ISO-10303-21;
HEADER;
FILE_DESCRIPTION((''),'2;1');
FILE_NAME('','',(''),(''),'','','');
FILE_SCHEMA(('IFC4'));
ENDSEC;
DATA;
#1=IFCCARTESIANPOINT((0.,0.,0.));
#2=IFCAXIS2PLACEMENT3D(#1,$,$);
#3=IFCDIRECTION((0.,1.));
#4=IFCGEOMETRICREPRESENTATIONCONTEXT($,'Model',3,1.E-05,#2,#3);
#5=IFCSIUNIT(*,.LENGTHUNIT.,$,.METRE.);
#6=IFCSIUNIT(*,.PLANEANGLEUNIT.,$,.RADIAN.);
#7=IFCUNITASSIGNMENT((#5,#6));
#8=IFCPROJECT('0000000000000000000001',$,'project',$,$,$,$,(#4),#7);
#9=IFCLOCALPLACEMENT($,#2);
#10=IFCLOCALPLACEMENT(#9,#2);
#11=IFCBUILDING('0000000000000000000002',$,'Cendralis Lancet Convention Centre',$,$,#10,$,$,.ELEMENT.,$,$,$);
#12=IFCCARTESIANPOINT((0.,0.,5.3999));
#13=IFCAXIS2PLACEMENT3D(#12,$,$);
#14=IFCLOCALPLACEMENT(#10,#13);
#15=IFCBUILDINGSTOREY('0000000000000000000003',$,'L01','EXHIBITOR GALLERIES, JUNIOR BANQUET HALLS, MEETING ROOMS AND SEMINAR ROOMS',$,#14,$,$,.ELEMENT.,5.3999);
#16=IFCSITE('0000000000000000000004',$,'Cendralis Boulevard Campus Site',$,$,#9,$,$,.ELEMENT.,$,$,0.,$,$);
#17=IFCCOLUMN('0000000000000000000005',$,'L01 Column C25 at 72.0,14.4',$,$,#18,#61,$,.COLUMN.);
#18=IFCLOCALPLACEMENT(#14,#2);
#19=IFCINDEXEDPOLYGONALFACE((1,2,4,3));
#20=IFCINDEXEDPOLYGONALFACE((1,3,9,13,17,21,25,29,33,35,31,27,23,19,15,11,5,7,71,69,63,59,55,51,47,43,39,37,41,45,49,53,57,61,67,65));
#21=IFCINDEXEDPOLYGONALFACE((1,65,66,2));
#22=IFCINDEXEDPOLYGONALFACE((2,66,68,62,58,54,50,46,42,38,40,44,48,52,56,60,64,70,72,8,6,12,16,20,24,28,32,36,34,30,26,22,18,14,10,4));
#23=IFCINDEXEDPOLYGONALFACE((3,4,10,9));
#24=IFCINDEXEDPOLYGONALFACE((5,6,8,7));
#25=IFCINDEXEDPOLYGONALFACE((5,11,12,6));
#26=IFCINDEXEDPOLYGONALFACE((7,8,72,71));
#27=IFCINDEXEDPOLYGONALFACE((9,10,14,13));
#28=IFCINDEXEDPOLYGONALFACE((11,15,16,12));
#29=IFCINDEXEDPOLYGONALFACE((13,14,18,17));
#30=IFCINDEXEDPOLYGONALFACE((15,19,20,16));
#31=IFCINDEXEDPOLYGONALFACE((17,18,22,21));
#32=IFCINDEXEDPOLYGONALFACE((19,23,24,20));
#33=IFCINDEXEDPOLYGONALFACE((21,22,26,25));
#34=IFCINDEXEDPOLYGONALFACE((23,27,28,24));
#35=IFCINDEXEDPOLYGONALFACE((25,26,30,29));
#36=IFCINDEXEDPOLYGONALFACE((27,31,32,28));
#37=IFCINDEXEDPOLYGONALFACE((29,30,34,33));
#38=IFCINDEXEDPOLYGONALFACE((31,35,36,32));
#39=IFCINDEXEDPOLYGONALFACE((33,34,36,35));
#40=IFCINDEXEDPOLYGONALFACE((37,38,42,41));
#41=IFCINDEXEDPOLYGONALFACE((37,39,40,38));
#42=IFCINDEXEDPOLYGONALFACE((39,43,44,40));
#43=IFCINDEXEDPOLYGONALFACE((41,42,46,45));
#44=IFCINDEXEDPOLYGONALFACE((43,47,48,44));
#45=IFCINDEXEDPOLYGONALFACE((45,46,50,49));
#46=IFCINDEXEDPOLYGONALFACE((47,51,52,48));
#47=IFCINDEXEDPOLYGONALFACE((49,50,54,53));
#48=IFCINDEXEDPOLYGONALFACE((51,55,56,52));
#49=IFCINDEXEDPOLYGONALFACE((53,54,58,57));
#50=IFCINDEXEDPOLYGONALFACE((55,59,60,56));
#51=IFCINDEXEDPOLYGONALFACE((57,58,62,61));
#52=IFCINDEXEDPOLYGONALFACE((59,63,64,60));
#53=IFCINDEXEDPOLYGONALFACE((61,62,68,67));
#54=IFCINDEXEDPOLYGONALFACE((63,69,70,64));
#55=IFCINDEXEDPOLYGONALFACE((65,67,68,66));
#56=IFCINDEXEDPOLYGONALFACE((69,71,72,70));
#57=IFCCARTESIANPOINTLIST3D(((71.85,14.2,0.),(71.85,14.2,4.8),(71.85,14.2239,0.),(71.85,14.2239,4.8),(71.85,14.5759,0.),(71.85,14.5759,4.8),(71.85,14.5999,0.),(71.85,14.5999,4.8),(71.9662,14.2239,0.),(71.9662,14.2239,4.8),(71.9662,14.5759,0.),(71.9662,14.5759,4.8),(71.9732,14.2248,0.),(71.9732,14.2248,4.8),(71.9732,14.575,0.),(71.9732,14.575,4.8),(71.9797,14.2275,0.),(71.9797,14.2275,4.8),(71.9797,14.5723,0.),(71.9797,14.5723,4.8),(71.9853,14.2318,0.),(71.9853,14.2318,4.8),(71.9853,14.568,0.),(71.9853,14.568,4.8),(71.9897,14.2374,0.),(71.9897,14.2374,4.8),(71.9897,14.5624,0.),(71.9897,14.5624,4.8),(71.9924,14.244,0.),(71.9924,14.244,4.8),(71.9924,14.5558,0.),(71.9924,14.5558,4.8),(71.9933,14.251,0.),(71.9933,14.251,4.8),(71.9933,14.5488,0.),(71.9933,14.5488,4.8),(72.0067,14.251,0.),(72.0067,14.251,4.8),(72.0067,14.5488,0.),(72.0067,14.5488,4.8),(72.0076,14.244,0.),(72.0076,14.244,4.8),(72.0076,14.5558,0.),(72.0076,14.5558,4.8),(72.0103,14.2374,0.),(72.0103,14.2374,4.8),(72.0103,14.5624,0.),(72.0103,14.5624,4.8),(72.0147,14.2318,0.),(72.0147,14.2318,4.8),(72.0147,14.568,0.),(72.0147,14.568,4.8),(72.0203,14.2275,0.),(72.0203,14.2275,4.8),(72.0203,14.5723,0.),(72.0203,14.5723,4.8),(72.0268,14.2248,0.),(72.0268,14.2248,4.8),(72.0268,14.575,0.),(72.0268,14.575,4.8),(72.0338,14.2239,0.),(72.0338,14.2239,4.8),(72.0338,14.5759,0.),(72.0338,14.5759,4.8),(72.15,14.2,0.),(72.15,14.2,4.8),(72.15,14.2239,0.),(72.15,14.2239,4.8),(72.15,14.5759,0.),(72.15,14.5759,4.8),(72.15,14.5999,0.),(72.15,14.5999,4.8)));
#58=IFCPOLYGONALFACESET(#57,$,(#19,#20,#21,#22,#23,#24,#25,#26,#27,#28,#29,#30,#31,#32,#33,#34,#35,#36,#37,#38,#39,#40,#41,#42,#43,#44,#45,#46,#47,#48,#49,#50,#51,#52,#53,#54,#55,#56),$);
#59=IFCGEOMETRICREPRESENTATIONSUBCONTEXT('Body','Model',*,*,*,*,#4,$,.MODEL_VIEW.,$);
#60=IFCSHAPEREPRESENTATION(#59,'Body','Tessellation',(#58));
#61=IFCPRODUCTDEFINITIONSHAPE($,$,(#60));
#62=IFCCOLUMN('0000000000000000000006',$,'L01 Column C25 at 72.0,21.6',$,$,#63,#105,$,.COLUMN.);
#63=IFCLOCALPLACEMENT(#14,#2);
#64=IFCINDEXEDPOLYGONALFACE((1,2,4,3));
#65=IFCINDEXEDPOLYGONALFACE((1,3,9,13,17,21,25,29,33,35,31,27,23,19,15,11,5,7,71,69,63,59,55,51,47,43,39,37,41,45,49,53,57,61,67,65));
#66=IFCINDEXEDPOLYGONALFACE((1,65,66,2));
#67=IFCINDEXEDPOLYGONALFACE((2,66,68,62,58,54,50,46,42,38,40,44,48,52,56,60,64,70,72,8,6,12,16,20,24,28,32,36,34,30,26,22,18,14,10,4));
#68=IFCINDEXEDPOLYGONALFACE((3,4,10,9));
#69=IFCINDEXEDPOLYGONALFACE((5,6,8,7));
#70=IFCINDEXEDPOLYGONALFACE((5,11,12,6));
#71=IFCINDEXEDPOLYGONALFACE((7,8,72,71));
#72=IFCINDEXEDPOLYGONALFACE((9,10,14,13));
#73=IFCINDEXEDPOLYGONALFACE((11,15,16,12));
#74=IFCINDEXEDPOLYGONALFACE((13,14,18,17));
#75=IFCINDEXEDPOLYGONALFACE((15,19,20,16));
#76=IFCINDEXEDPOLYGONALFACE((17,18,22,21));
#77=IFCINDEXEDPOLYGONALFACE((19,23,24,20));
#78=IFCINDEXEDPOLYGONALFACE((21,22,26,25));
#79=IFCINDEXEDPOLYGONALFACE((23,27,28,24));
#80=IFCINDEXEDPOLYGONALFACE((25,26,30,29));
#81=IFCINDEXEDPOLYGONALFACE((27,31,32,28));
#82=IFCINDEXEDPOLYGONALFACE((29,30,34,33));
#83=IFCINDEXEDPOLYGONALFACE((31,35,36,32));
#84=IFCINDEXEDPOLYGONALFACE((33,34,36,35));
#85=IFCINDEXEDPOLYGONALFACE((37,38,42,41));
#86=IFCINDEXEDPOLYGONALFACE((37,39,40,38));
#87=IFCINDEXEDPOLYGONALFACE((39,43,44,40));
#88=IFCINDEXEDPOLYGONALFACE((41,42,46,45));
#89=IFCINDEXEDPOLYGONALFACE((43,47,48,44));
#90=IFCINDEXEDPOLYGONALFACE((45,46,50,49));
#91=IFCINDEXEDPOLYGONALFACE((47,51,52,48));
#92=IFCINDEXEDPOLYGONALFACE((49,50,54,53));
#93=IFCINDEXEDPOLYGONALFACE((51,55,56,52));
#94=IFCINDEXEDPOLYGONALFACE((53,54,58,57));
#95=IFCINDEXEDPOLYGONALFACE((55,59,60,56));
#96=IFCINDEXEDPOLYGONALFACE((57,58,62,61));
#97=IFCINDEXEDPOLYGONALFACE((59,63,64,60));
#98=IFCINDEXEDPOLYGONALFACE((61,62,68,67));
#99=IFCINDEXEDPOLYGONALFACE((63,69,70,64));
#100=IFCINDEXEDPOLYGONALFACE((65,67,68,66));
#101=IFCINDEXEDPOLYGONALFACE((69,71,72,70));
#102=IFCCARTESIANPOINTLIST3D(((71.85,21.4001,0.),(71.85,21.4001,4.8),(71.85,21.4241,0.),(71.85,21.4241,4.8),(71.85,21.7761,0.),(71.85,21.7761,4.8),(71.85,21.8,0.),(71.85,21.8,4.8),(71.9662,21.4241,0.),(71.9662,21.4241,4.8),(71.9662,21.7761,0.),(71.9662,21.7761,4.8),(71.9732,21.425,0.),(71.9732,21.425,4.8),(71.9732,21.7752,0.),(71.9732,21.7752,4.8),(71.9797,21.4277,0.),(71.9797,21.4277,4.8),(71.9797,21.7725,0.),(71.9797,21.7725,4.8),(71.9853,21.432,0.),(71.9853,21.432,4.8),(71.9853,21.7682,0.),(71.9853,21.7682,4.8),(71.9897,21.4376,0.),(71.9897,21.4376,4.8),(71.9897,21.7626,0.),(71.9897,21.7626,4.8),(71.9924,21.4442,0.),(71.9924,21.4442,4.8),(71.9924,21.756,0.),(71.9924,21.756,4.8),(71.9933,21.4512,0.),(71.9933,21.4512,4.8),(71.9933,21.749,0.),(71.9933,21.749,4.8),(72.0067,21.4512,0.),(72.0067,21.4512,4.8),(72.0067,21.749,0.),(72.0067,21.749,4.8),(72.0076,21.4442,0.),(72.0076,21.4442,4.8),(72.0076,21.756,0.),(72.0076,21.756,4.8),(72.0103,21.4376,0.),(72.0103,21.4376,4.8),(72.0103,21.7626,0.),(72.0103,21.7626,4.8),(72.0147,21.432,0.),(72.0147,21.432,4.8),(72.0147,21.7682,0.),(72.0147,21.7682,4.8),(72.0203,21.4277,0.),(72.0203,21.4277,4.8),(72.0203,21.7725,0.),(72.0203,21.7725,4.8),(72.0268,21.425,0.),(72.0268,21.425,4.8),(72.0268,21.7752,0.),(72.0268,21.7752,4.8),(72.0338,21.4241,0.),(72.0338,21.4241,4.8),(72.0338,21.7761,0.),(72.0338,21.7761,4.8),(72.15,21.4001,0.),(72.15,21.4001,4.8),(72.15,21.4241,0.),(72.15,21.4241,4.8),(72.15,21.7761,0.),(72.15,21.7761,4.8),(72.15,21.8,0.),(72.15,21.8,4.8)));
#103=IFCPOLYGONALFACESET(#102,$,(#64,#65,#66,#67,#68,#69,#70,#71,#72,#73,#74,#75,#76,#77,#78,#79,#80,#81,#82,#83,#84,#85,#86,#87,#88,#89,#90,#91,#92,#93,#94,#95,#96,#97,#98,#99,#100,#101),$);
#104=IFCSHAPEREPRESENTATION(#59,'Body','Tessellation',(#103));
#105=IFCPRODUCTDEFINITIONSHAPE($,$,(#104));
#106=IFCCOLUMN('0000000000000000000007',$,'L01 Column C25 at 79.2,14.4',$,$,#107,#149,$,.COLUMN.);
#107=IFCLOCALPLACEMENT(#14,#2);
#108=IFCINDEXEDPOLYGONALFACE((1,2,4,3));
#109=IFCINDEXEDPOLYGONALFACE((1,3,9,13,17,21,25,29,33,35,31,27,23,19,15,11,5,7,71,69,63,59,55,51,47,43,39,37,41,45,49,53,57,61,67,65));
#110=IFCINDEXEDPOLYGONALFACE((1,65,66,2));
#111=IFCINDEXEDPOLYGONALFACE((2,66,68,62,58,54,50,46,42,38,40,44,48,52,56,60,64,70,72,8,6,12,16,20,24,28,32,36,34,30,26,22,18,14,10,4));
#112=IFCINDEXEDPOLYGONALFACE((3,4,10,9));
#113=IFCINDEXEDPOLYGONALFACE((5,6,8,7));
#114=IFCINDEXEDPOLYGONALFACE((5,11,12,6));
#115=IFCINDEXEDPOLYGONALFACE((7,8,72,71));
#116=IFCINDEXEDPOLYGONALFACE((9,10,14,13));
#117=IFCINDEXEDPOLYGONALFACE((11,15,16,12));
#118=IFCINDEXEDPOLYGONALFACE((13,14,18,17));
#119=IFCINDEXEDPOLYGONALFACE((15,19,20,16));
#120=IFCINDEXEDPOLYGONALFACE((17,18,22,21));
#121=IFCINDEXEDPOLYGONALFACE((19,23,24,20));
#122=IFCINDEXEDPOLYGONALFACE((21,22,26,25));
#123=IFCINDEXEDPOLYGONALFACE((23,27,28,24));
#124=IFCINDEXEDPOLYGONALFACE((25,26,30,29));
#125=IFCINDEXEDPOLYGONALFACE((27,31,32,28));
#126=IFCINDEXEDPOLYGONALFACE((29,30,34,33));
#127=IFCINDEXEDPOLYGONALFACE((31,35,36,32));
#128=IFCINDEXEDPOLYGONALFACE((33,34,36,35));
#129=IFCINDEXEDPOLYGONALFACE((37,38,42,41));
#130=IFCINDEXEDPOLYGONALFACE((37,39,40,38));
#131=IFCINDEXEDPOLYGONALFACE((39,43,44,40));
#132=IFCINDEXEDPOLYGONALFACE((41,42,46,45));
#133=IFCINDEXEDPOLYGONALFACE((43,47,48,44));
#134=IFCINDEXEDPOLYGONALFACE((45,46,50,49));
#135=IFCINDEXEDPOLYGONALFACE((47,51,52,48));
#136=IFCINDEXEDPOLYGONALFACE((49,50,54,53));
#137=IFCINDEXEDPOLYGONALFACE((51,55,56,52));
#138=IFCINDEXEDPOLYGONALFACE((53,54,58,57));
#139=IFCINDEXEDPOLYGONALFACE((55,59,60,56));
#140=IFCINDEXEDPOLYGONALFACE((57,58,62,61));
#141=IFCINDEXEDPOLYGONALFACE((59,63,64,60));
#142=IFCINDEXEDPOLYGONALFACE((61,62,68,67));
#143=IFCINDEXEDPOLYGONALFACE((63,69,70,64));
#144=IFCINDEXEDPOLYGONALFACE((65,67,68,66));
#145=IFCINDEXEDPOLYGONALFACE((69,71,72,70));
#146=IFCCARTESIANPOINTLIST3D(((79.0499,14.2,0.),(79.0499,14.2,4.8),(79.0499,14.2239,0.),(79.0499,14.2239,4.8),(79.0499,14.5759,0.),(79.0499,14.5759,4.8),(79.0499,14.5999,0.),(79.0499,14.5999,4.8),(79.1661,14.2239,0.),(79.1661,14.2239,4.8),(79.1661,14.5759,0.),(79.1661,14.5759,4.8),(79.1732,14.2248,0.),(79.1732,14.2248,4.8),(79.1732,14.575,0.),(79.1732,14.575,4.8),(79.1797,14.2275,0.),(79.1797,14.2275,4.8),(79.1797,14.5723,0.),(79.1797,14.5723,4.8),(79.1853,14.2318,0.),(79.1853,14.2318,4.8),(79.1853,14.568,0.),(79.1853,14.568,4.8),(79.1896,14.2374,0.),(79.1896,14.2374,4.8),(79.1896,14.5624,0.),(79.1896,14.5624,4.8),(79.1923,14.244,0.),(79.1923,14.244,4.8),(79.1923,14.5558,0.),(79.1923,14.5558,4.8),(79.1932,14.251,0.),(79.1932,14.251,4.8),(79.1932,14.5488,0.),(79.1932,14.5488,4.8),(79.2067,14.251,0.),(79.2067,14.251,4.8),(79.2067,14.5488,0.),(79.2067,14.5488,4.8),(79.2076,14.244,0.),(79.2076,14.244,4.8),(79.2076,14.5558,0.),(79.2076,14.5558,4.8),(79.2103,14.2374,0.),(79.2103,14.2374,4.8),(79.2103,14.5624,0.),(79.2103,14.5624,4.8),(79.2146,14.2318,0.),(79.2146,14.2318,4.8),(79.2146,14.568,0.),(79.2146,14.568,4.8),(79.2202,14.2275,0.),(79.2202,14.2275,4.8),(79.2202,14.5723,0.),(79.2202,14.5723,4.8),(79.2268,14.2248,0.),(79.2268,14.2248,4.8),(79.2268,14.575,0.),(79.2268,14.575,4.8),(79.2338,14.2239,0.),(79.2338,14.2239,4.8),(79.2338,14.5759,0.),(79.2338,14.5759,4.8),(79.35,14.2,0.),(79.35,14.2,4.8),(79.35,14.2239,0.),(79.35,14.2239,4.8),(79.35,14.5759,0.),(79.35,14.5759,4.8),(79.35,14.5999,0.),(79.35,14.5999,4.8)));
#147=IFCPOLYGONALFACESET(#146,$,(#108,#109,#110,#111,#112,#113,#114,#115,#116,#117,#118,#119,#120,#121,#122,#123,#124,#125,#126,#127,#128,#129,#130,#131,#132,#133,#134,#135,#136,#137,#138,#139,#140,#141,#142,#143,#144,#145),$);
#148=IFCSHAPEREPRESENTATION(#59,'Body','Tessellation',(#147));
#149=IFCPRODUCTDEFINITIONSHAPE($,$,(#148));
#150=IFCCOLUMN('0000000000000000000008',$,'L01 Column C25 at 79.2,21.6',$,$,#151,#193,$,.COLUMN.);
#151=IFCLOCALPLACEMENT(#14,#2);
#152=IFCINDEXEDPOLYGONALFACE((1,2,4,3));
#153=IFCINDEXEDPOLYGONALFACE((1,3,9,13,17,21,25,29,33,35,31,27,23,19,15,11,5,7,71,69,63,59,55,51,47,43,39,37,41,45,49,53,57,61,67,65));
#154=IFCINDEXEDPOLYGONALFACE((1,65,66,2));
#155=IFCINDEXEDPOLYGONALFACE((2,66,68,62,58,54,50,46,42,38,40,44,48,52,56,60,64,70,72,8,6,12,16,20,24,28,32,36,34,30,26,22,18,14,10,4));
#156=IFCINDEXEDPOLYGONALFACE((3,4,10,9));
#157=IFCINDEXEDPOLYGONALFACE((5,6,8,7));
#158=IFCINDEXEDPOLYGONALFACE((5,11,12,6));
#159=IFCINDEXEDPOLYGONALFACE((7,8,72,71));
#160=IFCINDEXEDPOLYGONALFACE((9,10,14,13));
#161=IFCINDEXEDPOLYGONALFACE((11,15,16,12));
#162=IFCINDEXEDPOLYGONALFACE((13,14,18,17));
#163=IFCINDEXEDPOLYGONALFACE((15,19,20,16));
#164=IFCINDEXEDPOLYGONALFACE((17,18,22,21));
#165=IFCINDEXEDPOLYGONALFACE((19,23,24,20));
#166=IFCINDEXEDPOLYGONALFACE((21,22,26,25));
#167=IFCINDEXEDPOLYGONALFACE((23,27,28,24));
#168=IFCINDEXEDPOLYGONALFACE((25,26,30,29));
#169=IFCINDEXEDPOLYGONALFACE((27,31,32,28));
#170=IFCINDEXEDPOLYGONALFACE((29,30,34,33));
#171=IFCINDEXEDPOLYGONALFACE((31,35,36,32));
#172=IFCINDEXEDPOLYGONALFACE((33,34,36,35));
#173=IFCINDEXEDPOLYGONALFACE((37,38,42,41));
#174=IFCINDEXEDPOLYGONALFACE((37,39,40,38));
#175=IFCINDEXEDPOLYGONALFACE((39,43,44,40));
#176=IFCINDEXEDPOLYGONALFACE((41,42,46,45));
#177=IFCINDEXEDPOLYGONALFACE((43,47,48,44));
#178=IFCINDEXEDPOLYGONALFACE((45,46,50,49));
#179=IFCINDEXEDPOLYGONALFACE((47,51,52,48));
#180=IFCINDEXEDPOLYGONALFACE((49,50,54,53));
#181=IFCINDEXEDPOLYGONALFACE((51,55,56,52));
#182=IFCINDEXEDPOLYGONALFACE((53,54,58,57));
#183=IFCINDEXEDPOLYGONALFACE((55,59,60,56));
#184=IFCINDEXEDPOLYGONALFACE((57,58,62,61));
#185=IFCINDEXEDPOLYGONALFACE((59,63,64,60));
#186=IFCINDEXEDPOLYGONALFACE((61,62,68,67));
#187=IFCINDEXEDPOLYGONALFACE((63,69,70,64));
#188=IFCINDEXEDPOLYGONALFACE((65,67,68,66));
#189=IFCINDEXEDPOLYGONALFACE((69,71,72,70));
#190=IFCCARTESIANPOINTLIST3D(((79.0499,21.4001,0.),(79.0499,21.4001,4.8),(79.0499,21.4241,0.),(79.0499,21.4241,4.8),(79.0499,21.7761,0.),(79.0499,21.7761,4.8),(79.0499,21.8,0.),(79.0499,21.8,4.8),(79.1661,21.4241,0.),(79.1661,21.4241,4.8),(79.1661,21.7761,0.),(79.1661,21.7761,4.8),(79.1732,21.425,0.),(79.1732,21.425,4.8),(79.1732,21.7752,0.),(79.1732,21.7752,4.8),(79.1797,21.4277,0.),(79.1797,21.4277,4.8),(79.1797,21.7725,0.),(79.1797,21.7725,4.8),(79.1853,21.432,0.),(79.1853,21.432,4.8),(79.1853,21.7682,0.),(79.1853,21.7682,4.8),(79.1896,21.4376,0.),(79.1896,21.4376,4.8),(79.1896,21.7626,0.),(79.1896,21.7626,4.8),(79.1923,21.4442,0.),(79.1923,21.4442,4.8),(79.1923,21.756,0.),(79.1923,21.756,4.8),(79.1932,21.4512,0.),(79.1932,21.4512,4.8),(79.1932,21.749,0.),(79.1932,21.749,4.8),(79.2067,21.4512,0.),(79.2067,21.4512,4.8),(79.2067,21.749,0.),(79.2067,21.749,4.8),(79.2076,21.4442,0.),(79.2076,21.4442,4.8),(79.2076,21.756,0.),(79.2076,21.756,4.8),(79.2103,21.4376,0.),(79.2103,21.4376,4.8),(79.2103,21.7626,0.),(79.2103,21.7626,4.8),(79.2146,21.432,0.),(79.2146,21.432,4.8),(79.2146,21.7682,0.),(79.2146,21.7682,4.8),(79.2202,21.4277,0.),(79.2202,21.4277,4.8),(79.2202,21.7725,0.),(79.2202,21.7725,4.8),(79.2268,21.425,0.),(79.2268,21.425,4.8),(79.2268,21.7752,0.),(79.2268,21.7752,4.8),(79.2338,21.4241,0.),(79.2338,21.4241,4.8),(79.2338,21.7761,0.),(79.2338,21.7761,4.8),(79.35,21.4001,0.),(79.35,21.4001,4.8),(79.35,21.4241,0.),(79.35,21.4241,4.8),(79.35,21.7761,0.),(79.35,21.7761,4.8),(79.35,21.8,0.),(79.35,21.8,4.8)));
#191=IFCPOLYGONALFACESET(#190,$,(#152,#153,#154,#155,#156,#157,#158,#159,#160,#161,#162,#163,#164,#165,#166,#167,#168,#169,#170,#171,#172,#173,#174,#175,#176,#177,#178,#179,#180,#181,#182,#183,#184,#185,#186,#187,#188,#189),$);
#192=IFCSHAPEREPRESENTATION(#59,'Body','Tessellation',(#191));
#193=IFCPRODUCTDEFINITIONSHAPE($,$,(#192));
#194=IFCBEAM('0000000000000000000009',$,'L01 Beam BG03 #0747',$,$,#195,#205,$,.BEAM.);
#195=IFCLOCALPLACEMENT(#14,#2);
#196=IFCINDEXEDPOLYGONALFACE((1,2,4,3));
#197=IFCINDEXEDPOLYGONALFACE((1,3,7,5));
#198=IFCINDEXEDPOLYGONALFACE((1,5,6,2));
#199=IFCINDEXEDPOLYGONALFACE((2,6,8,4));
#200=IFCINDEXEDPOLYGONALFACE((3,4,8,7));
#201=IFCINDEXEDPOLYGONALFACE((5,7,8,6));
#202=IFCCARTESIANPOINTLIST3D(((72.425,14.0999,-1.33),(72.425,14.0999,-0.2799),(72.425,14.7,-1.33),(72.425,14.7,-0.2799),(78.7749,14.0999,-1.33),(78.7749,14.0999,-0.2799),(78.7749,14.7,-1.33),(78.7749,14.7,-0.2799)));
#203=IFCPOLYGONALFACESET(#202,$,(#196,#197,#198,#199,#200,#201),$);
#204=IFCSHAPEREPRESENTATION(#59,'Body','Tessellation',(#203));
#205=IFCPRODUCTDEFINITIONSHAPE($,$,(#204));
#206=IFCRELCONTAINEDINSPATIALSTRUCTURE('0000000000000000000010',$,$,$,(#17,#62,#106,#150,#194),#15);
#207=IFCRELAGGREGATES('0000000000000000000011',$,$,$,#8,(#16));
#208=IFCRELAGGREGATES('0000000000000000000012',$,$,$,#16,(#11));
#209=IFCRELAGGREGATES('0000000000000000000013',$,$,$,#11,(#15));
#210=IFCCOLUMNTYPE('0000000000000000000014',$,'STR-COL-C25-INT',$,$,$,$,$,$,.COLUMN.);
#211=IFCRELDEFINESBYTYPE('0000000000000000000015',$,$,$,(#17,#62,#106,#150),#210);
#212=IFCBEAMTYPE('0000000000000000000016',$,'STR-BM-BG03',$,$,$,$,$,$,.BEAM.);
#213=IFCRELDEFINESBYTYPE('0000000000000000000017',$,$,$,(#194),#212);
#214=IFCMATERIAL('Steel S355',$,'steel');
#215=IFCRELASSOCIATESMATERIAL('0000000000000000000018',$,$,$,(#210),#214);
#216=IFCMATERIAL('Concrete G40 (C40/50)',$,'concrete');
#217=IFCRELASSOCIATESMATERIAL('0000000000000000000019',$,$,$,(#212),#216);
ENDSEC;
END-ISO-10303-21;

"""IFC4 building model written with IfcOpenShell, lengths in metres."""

from ifc_helpers import new_model, si_unit, direction, frame, origin, origin_2d, place, context, subcontext, project, spatial, rectangle, i_section, extrude, material, material_profile, profile_set, type_object, element, save


model = new_model("IFC4")

# Units and contexts
model_context = context("Model", 3, precision=1e-05, world=origin(), true_north=direction((0.0, 1.0)))
body_context = subcontext(model_context, "Body", "Model", "MODEL_VIEW")
ifc_project = project(units=[si_unit("LENGTHUNIT", "METRE"), si_unit("PLANEANGLEUNIT", "RADIAN")], contexts=[model_context])

# Site, building, storey
site_placement = place(None, origin())
site = spatial("IfcSite", under=ifc_project, at=site_placement, Name="Cendralis Boulevard Campus Site", CompositionType="ELEMENT", RefElevation=0.0)
building_placement = place(site_placement, origin())
building = spatial("IfcBuilding", under=site, at=building_placement, Name="Cendralis Lancet Convention Centre", CompositionType="ELEMENT")
storey_placement = place(building_placement, frame((0.0, 0.0, 5.3999)))
storey = spatial("IfcBuildingStorey", under=building, at=storey_placement, Name="L01", Description="EXHIBITOR GALLERIES, JUNIOR BANQUET HALLS, MEETING ROOMS AND SEMINAR ROOMS", CompositionType="ELEMENT", Elevation=5.3999)

# Columns
ifc_material_1 = material(Name="Steel S355", Category="steel")
ifc_material_profile_1 = material_profile(ifc_material_1, i_section(OverallWidth=0.3, OverallDepth=0.3999, WebThickness=0.0134, FlangeThickness=0.0239, FilletRadius=0.0271, at=origin_2d()), Name="HEB 400")
ifc_profile_set_1 = profile_set([ifc_material_profile_1], Name="Steel S355")
column_type = type_object("IfcColumnType", Name="STR-COL-C25-INT", PredefinedType="COLUMN", material=ifc_profile_set_1)
for number, where, z_axis, x_axis, name in (
    (1, (72.0, 14.3999, 0.0), (0.0, 0.0, 1.0), (1.0, 0.0, 0.0), "L01 Column C25 at 72.0,14.4"),
    (2, (72.0, 21.6001, 0.0), (0.0, 0.0, 1.0), (1.0, 0.0, 0.0), "L01 Column C25 at 72.0,21.6"),
    (3, (79.2, 14.3999, 0.0), (0.0, 0.0, 1.0), (1.0, 0.0, 0.0), "L01 Column C25 at 79.2,14.4"),
    (4, (79.2, 21.6001, 0.0), (0.0, 0.0, 1.0), (1.0, 0.0, 0.0), "L01 Column C25 at 79.2,21.6"),
):
    element("IfcColumn", number, at=place(storey_placement, frame(where, z_axis=z_axis, x_axis=x_axis)), inside=storey, type_object=column_type, Name=name, PredefinedType="COLUMN", context=body_context, shape_type="SweptSolid", body=[
        extrude(i_section(OverallWidth=0.3, OverallDepth=0.3999, WebThickness=0.0134, FlangeThickness=0.0239, FilletRadius=0.0271, at=origin_2d()), origin(), (0.0, 0.0, 1.0), 4.8),
    ])

# Beam
ifc_material_2 = material(Name="Concrete G40 (C40/50)", Category="concrete")
ifc_material_profile_2 = material_profile(ifc_material_2, rectangle(XDim=0.6001, YDim=1.05, at=origin_2d()), Name="RCB 600x1050")
ifc_profile_set_2 = profile_set([ifc_material_profile_2], Name="Concrete G40 (C40/50)")
beam_type_1 = type_object("IfcBeamType", Name="STR-BM-BG03", PredefinedType="BEAM", material=ifc_profile_set_2)
beam_1_placement = place(storey_placement, frame((72.425, 14.3999, -0.8049), z_axis=(1.0, 0.0, 0.0), x_axis=(0.0, 1.0, 0.0)))
element("IfcBeam", 5, at=beam_1_placement, inside=storey, type_object=beam_type_1, Name="L01 Beam BG03 #0747", PredefinedType="BEAM", context=body_context, shape_type="SweptSolid", body=[
    extrude(rectangle(XDim=0.6001, YDim=1.05, at=origin_2d()), origin(), (0.0, 0.0, 1.0), 6.3499),
])

save(model, "model.ifc")
